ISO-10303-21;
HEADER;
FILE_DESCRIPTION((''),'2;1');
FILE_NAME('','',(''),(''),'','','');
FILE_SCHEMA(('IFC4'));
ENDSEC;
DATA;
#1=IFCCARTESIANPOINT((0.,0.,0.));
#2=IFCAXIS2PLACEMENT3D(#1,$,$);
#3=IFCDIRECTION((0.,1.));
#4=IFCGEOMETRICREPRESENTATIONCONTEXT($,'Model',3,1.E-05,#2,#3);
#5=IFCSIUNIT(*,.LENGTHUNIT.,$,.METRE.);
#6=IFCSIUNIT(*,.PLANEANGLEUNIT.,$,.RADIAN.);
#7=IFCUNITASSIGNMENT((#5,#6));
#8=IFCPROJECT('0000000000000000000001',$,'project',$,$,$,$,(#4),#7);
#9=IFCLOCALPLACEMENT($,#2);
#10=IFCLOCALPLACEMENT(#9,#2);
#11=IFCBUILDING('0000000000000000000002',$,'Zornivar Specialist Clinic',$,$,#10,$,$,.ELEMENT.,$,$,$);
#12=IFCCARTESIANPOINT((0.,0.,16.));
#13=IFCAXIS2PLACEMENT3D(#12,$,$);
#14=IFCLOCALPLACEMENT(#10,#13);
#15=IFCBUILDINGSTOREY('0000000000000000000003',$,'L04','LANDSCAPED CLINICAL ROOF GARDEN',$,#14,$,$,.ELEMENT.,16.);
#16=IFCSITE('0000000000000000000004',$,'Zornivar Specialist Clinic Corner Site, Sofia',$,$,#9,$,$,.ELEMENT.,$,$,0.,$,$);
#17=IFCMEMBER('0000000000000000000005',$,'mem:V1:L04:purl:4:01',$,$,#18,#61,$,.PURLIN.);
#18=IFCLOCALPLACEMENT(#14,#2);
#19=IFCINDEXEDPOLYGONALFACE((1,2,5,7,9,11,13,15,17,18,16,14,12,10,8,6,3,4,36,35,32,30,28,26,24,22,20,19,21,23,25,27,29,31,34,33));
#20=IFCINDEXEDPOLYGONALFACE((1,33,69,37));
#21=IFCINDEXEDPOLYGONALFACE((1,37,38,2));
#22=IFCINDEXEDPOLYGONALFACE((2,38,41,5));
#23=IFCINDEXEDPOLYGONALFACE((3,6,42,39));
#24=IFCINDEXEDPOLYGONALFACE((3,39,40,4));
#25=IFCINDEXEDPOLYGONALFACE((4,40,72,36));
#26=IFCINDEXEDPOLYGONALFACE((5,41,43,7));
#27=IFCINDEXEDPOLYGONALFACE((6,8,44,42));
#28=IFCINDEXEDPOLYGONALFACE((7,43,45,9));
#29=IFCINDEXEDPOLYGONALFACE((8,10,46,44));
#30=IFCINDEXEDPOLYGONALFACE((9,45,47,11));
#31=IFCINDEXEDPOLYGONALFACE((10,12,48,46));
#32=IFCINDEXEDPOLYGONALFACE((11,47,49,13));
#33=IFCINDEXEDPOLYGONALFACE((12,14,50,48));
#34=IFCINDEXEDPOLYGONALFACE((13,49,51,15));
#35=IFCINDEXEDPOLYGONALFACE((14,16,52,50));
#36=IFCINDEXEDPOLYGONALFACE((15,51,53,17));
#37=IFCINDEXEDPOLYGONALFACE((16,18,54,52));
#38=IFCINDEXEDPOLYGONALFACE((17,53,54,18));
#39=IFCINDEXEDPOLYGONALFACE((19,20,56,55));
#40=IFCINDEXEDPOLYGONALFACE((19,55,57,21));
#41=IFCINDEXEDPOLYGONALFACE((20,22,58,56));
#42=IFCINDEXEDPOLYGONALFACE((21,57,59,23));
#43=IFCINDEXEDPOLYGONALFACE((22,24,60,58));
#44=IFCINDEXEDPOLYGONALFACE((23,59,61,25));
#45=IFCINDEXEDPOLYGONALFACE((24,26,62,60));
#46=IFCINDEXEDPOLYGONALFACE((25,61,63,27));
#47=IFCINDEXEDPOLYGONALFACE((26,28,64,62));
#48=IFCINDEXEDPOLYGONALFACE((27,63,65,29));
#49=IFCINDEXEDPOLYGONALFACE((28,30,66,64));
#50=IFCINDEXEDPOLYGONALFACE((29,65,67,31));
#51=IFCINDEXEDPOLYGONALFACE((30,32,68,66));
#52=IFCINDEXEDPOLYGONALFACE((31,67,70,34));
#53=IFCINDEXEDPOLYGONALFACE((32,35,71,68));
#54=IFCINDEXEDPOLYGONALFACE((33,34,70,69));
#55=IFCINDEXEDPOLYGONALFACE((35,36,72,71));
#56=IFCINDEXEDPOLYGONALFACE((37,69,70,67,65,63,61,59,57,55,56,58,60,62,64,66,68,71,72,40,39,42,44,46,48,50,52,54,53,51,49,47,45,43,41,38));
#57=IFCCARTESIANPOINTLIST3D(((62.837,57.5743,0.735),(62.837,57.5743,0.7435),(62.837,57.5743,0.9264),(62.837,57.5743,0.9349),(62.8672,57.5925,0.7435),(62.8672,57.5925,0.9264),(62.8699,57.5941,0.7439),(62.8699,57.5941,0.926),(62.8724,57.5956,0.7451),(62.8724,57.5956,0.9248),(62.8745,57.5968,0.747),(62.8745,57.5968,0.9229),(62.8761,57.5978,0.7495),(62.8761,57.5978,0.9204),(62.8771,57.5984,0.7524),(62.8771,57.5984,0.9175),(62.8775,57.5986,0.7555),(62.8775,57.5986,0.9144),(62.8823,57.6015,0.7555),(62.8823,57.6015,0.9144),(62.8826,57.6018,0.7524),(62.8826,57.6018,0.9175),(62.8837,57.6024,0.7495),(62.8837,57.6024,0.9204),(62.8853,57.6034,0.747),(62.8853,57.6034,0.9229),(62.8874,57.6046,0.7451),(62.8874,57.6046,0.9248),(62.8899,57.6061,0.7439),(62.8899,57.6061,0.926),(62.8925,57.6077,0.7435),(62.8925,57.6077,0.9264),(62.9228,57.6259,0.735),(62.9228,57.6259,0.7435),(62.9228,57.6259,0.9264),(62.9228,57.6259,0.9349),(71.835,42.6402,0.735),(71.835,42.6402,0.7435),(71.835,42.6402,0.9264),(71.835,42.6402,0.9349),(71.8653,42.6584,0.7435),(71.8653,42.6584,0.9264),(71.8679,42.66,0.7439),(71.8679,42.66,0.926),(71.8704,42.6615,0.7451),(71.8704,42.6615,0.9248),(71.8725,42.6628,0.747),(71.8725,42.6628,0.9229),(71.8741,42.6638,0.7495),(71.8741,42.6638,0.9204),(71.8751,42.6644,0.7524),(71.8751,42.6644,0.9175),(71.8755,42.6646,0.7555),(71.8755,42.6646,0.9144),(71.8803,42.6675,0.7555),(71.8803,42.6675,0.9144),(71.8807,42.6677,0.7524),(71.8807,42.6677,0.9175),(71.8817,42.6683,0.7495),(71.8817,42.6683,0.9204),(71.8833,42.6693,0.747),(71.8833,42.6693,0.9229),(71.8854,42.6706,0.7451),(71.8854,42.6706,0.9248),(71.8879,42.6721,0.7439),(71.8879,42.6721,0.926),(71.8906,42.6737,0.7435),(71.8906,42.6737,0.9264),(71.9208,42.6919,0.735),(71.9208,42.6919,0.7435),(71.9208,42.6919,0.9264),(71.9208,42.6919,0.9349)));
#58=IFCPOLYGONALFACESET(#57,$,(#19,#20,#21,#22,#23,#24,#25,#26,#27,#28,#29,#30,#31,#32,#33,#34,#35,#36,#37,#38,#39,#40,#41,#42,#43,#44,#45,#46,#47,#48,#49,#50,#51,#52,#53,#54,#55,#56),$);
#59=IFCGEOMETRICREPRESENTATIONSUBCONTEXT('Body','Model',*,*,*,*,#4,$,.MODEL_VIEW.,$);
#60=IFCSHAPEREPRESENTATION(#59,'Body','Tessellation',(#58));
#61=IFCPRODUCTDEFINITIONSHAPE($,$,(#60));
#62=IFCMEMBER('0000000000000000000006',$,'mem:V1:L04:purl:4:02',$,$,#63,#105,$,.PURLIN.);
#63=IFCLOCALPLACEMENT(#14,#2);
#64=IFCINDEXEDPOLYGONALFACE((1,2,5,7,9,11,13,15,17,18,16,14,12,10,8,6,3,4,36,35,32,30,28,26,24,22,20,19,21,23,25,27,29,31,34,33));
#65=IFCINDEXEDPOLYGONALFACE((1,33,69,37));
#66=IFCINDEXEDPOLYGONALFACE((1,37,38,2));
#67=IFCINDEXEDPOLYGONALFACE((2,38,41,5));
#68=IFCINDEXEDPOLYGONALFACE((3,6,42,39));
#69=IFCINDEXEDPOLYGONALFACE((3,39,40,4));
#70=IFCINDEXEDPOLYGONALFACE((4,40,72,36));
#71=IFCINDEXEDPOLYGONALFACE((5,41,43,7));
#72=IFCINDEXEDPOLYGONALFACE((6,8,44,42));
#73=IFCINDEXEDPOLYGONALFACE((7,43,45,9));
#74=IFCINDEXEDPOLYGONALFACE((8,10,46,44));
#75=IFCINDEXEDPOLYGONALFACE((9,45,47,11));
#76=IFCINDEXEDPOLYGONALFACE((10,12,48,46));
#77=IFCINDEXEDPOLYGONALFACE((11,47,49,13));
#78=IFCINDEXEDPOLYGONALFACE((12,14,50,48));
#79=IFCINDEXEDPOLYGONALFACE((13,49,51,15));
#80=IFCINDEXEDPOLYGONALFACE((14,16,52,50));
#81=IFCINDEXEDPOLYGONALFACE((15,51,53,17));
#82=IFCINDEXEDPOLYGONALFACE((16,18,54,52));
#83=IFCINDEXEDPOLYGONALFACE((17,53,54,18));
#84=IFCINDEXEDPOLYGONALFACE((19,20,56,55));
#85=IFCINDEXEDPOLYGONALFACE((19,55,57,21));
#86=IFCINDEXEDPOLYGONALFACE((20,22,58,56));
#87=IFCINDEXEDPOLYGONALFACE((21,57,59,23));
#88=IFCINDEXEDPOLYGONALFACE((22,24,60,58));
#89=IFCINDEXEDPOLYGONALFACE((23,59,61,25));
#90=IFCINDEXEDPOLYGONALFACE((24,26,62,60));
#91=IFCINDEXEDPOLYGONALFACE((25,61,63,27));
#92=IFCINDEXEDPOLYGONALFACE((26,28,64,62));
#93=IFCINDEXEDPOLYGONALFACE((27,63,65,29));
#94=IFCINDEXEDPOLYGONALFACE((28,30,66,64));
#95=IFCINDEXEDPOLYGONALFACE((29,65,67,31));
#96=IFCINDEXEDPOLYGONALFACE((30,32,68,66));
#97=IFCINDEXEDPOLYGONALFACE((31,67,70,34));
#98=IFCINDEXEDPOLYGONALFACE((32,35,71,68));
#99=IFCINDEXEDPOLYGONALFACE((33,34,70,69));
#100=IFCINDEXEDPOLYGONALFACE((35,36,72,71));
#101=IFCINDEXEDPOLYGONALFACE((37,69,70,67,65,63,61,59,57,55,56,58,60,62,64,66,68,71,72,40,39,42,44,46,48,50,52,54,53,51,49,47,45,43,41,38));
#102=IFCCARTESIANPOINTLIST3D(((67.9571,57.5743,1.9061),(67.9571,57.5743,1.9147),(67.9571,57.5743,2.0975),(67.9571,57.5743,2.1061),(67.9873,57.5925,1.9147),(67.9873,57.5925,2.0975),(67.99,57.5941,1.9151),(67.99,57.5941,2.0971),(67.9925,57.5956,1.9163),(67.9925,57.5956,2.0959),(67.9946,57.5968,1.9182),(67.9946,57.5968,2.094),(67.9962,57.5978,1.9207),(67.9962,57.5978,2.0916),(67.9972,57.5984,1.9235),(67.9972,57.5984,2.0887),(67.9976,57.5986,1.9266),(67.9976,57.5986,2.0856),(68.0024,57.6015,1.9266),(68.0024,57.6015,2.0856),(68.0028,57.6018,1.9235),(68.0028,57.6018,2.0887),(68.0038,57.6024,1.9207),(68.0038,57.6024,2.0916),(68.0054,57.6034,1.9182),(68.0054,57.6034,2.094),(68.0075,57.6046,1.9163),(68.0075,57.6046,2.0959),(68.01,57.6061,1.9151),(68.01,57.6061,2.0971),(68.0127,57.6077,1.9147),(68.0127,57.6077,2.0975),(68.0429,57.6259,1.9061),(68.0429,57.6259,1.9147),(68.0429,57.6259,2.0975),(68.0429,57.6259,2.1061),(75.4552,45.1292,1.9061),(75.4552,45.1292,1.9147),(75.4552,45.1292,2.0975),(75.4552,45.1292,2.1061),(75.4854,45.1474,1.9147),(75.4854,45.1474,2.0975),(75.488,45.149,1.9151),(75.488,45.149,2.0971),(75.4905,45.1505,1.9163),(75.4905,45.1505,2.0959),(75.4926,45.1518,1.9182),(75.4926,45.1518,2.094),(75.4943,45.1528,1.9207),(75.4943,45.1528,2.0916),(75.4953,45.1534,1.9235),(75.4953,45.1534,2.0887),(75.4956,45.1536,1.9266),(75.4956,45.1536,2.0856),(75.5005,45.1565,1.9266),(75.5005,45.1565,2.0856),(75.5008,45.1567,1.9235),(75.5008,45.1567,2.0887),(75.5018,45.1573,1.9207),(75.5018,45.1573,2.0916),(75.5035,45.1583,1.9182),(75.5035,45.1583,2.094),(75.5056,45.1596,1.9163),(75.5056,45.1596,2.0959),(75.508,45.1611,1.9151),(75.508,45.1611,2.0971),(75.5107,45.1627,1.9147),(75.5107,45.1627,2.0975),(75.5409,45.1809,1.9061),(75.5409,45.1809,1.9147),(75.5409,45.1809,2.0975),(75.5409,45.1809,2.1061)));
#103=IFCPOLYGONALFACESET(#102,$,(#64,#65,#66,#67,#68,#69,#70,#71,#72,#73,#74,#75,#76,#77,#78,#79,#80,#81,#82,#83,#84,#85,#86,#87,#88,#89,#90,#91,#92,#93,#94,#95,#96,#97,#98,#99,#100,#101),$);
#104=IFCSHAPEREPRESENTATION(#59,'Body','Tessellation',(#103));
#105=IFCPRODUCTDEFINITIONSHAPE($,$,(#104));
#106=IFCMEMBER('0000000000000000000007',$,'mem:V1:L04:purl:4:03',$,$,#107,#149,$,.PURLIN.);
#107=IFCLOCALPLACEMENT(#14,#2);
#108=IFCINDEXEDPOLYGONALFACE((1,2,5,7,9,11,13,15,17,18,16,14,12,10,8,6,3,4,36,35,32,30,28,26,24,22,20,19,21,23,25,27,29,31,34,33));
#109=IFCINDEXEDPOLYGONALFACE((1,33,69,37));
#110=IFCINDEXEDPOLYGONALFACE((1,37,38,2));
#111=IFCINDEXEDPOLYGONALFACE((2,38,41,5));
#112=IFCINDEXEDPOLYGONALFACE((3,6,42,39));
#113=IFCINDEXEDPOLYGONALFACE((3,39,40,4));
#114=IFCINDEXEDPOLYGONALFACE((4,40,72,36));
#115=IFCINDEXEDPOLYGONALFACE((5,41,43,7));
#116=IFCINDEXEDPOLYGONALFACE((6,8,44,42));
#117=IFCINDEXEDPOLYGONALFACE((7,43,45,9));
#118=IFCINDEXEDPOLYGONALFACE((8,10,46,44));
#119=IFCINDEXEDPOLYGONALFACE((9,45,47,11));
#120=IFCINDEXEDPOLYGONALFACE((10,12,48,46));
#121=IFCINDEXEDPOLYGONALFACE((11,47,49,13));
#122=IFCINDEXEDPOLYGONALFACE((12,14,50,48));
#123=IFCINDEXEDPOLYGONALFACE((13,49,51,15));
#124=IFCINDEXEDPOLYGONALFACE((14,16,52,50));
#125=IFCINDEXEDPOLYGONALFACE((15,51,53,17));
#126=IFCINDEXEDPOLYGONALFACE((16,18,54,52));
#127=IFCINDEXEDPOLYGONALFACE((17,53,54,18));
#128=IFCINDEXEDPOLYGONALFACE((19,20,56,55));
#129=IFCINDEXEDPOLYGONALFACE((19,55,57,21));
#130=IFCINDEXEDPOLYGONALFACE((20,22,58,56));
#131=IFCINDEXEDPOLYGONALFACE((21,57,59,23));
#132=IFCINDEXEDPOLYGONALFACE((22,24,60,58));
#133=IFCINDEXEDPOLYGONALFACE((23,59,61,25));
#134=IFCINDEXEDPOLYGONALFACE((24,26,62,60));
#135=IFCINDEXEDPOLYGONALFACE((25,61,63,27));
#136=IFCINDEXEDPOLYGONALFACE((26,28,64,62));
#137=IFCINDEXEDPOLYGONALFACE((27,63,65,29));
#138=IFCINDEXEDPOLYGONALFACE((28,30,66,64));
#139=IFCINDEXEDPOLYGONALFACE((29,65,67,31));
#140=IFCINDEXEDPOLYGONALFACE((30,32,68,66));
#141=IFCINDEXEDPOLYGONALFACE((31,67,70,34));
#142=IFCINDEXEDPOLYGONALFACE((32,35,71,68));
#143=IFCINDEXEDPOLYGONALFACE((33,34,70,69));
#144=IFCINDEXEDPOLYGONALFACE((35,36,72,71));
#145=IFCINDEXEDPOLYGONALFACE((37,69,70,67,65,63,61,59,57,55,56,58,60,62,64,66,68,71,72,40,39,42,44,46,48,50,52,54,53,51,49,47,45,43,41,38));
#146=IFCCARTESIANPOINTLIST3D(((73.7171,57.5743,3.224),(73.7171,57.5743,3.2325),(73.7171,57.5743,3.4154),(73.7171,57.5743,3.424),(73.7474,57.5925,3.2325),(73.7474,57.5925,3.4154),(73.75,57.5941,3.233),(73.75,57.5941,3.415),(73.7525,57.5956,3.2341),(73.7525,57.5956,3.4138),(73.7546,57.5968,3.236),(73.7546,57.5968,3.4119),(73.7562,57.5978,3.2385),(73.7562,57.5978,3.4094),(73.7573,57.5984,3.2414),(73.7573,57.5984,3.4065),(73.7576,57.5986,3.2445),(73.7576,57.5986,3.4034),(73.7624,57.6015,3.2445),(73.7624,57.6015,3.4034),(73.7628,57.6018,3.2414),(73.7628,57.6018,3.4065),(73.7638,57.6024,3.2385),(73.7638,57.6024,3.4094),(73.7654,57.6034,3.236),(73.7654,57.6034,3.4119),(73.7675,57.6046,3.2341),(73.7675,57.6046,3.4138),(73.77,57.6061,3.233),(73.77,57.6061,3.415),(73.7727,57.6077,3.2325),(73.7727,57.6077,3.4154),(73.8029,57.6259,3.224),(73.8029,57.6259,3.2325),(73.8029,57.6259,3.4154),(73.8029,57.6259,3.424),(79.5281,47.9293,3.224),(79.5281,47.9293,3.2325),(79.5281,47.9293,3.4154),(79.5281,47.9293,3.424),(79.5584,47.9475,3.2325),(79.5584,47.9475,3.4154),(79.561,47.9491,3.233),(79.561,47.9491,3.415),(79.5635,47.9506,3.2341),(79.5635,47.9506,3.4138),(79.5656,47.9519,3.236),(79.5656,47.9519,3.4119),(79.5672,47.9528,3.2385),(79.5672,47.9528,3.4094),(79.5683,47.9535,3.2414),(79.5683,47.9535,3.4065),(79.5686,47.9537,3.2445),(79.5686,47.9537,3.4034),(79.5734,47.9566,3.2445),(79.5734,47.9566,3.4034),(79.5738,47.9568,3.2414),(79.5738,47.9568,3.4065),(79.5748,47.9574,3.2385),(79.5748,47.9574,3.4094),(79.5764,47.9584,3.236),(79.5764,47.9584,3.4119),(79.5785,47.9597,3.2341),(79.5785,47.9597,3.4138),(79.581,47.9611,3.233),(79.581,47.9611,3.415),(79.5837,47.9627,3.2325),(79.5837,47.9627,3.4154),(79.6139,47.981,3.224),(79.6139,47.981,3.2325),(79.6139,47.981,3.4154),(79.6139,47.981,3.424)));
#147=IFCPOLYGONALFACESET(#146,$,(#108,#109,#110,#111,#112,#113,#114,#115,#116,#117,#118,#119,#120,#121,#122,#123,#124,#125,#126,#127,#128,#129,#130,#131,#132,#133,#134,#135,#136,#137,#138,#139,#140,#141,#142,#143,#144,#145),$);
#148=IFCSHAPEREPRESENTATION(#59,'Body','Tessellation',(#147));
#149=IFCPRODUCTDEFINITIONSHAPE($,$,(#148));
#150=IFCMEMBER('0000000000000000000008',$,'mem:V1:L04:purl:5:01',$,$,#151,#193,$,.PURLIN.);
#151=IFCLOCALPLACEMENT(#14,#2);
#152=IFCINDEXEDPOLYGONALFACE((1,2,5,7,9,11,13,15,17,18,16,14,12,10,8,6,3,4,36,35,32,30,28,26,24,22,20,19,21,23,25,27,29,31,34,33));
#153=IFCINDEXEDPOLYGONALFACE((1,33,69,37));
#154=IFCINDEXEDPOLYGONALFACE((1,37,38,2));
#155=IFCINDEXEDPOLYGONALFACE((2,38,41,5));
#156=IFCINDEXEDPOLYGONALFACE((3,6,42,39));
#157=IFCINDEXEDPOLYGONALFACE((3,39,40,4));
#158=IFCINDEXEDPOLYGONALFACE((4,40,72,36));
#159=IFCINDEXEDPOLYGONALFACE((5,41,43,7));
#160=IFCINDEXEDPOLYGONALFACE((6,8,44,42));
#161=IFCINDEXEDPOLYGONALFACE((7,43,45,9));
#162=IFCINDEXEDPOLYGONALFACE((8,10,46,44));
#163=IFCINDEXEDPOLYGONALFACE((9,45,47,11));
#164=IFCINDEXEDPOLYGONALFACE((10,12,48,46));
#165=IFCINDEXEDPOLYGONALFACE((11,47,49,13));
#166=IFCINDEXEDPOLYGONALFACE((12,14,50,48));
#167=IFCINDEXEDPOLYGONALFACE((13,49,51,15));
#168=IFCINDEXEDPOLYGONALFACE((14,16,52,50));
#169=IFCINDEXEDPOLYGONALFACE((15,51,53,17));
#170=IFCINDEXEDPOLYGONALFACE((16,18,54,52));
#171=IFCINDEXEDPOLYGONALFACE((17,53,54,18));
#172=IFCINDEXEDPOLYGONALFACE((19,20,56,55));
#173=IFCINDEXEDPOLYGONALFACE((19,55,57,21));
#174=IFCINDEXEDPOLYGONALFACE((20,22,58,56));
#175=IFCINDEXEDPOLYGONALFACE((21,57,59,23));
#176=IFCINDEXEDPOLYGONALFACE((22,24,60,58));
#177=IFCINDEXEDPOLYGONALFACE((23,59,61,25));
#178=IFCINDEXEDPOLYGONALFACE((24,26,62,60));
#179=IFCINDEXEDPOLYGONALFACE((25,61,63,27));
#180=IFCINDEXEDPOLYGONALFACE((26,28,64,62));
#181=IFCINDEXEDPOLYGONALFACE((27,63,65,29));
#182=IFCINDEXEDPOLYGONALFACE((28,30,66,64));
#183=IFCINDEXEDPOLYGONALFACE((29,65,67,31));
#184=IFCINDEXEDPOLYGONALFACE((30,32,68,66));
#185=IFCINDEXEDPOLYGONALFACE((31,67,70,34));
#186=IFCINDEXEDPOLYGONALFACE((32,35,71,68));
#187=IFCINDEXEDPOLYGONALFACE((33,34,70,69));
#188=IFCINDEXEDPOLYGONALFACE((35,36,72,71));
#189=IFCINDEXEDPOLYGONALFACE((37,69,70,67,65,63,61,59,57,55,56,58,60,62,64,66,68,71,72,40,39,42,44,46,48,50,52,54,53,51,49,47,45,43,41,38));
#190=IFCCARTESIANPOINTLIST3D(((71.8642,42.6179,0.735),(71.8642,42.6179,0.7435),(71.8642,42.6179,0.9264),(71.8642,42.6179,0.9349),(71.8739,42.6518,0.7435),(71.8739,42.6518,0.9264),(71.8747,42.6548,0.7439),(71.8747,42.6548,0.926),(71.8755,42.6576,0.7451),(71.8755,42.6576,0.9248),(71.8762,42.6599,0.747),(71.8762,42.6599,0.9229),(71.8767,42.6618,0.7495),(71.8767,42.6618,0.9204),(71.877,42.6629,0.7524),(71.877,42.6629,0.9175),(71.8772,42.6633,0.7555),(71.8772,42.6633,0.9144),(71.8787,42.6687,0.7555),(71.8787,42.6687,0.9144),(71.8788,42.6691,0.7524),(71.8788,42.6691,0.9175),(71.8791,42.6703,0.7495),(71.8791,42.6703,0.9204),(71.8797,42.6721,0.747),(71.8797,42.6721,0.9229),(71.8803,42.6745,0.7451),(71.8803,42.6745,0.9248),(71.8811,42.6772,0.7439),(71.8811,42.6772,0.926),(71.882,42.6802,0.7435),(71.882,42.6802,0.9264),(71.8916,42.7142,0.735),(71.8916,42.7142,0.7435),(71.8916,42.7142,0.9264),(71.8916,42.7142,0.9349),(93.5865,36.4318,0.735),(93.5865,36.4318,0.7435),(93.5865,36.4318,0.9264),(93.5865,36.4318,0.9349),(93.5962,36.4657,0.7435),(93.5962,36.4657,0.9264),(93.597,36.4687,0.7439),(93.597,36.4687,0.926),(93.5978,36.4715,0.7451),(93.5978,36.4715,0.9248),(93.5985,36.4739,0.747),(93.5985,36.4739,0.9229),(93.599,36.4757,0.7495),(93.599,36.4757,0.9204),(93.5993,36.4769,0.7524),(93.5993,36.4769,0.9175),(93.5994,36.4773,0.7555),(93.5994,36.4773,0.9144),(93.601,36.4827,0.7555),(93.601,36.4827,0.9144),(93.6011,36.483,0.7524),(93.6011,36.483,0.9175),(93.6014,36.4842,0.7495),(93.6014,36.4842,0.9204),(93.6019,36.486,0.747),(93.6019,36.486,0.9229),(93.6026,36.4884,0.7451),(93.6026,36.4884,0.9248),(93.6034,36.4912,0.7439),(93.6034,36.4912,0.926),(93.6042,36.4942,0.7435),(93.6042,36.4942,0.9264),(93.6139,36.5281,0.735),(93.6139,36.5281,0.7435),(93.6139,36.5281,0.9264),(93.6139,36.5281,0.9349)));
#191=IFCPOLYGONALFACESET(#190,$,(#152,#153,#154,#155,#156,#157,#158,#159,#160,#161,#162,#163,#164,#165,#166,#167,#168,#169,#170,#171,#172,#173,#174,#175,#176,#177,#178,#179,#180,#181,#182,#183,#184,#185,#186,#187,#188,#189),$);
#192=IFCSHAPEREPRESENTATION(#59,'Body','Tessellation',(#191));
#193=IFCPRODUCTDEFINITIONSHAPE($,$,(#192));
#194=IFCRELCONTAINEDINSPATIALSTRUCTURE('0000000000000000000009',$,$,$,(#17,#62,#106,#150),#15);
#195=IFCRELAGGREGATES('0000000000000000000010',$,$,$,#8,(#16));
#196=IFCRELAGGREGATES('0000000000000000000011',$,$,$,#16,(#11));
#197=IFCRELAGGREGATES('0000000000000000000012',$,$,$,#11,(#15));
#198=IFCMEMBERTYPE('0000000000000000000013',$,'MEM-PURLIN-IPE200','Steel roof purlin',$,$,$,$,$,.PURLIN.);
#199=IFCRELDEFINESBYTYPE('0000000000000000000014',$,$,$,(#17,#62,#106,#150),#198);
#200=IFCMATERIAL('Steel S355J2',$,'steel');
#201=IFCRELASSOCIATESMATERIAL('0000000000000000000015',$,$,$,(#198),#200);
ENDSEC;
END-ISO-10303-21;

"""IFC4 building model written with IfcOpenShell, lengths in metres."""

from ifc_helpers import new_model, si_unit, direction, frame, origin, origin_2d, place, context, subcontext, project, spatial, i_section, extrude, material, material_profile, profile_set, type_object, element, save


model = new_model("IFC4")

# Units and contexts
model_context = context("Model", 3, precision=1e-05, world=origin(), true_north=direction((0.0, 1.0)))
body_context = subcontext(model_context, "Body", "Model", "MODEL_VIEW")
ifc_project = project(units=[si_unit("LENGTHUNIT", "METRE"), si_unit("PLANEANGLEUNIT", "RADIAN")], contexts=[model_context])

# Site, building, storey
site_placement = place(None, origin())
site = spatial("IfcSite", under=ifc_project, at=site_placement, Name="Zornivar Specialist Clinic Corner Site, Sofia", CompositionType="ELEMENT", RefElevation=0.0)
building_placement = place(site_placement, origin())
building = spatial("IfcBuilding", under=site, at=building_placement, Name="Zornivar Specialist Clinic", CompositionType="ELEMENT")
storey_placement = place(building_placement, frame((0.0, 0.0, 16.0)))
storey = spatial("IfcBuildingStorey", under=building, at=storey_placement, Name="L04", Description="LANDSCAPED CLINICAL ROOF GARDEN", CompositionType="ELEMENT", Elevation=16.0)

# Members
ifc_material_1 = material(Name="Steel S355J2", Category="steel")
ifc_material_profile_1 = material_profile(ifc_material_1, i_section(OverallWidth=0.1001, OverallDepth=0.2, WebThickness=0.0056, FlangeThickness=0.0085, FilletRadius=0.012, at=origin_2d()), Name="IPE 200")
ifc_profile_set_1 = profile_set([ifc_material_profile_1], Name="Steel S355J2")
member_type_1 = type_object("IfcMemberType", Name="MEM-PURLIN-IPE200", Description="Steel roof purlin", PredefinedType="PURLIN", material=ifc_profile_set_1)
member_1_placement = place(storey_placement, frame((62.8799, 57.6001, 0.835), z_axis=(0.51608, -0.85654, 0.0), x_axis=(0.85654, 0.51608, 0.0)))
element("IfcMember", 1, at=member_1_placement, inside=storey, type_object=member_type_1, Name="mem:V1:L04:purl:4:01", PredefinedType="PURLIN", context=body_context, shape_type="SweptSolid", body=[
    extrude(i_section(OverallWidth=0.1001, OverallDepth=0.2, WebThickness=0.0056, FlangeThickness=0.0085, FilletRadius=0.012, at=origin_2d()), origin(), (0.0, 0.0, 1.0), 17.4353),
])
member_2_placement = place(storey_placement, frame((68.0, 57.6001, 2.0061), z_axis=(0.516064, -0.85655, 0.0), x_axis=(0.85655, 0.516064, 0.0)))
element("IfcMember", 2, at=member_2_placement, inside=storey, type_object=member_type_1, Name="mem:V1:L04:purl:4:02", PredefinedType="PURLIN", context=body_context, shape_type="SweptSolid", body=[
    extrude(i_section(OverallWidth=0.1001, OverallDepth=0.2, WebThickness=0.0056, FlangeThickness=0.0085, FilletRadius=0.012, at=origin_2d()), origin(), (0.0, 0.0, 1.0), 14.5293),
])
member_3_placement = place(storey_placement, frame((73.76, 57.6001, 3.324), z_axis=(0.516064, -0.85655, 0.0), x_axis=(0.85655, 0.516064, 0.0)))
element("IfcMember", 3, at=member_3_placement, inside=storey, type_object=member_type_1, Name="mem:V1:L04:purl:4:03", PredefinedType="PURLIN", context=body_context, shape_type="SweptSolid", body=[
    extrude(i_section(OverallWidth=0.1001, OverallDepth=0.2, WebThickness=0.0056, FlangeThickness=0.0085, FilletRadius=0.012, at=origin_2d()), origin(), (0.0, 0.0, 1.0), 11.2603),
])
member_4_placement = place(storey_placement, frame((71.8779, 42.666, 0.835), z_axis=(0.961761, -0.27389, 0.0), x_axis=(0.27389, 0.961761, 0.0)))
element("IfcMember", 4, at=member_4_placement, inside=storey, type_object=member_type_1, Name="mem:V1:L04:purl:5:01", PredefinedType="PURLIN", context=body_context, shape_type="SweptSolid", body=[
    extrude(i_section(OverallWidth=0.1001, OverallDepth=0.2, WebThickness=0.0056, FlangeThickness=0.0085, FilletRadius=0.012, at=origin_2d()), origin(), (0.0, 0.0, 1.0), 22.5859),
])

save(model, "model.ifc")
